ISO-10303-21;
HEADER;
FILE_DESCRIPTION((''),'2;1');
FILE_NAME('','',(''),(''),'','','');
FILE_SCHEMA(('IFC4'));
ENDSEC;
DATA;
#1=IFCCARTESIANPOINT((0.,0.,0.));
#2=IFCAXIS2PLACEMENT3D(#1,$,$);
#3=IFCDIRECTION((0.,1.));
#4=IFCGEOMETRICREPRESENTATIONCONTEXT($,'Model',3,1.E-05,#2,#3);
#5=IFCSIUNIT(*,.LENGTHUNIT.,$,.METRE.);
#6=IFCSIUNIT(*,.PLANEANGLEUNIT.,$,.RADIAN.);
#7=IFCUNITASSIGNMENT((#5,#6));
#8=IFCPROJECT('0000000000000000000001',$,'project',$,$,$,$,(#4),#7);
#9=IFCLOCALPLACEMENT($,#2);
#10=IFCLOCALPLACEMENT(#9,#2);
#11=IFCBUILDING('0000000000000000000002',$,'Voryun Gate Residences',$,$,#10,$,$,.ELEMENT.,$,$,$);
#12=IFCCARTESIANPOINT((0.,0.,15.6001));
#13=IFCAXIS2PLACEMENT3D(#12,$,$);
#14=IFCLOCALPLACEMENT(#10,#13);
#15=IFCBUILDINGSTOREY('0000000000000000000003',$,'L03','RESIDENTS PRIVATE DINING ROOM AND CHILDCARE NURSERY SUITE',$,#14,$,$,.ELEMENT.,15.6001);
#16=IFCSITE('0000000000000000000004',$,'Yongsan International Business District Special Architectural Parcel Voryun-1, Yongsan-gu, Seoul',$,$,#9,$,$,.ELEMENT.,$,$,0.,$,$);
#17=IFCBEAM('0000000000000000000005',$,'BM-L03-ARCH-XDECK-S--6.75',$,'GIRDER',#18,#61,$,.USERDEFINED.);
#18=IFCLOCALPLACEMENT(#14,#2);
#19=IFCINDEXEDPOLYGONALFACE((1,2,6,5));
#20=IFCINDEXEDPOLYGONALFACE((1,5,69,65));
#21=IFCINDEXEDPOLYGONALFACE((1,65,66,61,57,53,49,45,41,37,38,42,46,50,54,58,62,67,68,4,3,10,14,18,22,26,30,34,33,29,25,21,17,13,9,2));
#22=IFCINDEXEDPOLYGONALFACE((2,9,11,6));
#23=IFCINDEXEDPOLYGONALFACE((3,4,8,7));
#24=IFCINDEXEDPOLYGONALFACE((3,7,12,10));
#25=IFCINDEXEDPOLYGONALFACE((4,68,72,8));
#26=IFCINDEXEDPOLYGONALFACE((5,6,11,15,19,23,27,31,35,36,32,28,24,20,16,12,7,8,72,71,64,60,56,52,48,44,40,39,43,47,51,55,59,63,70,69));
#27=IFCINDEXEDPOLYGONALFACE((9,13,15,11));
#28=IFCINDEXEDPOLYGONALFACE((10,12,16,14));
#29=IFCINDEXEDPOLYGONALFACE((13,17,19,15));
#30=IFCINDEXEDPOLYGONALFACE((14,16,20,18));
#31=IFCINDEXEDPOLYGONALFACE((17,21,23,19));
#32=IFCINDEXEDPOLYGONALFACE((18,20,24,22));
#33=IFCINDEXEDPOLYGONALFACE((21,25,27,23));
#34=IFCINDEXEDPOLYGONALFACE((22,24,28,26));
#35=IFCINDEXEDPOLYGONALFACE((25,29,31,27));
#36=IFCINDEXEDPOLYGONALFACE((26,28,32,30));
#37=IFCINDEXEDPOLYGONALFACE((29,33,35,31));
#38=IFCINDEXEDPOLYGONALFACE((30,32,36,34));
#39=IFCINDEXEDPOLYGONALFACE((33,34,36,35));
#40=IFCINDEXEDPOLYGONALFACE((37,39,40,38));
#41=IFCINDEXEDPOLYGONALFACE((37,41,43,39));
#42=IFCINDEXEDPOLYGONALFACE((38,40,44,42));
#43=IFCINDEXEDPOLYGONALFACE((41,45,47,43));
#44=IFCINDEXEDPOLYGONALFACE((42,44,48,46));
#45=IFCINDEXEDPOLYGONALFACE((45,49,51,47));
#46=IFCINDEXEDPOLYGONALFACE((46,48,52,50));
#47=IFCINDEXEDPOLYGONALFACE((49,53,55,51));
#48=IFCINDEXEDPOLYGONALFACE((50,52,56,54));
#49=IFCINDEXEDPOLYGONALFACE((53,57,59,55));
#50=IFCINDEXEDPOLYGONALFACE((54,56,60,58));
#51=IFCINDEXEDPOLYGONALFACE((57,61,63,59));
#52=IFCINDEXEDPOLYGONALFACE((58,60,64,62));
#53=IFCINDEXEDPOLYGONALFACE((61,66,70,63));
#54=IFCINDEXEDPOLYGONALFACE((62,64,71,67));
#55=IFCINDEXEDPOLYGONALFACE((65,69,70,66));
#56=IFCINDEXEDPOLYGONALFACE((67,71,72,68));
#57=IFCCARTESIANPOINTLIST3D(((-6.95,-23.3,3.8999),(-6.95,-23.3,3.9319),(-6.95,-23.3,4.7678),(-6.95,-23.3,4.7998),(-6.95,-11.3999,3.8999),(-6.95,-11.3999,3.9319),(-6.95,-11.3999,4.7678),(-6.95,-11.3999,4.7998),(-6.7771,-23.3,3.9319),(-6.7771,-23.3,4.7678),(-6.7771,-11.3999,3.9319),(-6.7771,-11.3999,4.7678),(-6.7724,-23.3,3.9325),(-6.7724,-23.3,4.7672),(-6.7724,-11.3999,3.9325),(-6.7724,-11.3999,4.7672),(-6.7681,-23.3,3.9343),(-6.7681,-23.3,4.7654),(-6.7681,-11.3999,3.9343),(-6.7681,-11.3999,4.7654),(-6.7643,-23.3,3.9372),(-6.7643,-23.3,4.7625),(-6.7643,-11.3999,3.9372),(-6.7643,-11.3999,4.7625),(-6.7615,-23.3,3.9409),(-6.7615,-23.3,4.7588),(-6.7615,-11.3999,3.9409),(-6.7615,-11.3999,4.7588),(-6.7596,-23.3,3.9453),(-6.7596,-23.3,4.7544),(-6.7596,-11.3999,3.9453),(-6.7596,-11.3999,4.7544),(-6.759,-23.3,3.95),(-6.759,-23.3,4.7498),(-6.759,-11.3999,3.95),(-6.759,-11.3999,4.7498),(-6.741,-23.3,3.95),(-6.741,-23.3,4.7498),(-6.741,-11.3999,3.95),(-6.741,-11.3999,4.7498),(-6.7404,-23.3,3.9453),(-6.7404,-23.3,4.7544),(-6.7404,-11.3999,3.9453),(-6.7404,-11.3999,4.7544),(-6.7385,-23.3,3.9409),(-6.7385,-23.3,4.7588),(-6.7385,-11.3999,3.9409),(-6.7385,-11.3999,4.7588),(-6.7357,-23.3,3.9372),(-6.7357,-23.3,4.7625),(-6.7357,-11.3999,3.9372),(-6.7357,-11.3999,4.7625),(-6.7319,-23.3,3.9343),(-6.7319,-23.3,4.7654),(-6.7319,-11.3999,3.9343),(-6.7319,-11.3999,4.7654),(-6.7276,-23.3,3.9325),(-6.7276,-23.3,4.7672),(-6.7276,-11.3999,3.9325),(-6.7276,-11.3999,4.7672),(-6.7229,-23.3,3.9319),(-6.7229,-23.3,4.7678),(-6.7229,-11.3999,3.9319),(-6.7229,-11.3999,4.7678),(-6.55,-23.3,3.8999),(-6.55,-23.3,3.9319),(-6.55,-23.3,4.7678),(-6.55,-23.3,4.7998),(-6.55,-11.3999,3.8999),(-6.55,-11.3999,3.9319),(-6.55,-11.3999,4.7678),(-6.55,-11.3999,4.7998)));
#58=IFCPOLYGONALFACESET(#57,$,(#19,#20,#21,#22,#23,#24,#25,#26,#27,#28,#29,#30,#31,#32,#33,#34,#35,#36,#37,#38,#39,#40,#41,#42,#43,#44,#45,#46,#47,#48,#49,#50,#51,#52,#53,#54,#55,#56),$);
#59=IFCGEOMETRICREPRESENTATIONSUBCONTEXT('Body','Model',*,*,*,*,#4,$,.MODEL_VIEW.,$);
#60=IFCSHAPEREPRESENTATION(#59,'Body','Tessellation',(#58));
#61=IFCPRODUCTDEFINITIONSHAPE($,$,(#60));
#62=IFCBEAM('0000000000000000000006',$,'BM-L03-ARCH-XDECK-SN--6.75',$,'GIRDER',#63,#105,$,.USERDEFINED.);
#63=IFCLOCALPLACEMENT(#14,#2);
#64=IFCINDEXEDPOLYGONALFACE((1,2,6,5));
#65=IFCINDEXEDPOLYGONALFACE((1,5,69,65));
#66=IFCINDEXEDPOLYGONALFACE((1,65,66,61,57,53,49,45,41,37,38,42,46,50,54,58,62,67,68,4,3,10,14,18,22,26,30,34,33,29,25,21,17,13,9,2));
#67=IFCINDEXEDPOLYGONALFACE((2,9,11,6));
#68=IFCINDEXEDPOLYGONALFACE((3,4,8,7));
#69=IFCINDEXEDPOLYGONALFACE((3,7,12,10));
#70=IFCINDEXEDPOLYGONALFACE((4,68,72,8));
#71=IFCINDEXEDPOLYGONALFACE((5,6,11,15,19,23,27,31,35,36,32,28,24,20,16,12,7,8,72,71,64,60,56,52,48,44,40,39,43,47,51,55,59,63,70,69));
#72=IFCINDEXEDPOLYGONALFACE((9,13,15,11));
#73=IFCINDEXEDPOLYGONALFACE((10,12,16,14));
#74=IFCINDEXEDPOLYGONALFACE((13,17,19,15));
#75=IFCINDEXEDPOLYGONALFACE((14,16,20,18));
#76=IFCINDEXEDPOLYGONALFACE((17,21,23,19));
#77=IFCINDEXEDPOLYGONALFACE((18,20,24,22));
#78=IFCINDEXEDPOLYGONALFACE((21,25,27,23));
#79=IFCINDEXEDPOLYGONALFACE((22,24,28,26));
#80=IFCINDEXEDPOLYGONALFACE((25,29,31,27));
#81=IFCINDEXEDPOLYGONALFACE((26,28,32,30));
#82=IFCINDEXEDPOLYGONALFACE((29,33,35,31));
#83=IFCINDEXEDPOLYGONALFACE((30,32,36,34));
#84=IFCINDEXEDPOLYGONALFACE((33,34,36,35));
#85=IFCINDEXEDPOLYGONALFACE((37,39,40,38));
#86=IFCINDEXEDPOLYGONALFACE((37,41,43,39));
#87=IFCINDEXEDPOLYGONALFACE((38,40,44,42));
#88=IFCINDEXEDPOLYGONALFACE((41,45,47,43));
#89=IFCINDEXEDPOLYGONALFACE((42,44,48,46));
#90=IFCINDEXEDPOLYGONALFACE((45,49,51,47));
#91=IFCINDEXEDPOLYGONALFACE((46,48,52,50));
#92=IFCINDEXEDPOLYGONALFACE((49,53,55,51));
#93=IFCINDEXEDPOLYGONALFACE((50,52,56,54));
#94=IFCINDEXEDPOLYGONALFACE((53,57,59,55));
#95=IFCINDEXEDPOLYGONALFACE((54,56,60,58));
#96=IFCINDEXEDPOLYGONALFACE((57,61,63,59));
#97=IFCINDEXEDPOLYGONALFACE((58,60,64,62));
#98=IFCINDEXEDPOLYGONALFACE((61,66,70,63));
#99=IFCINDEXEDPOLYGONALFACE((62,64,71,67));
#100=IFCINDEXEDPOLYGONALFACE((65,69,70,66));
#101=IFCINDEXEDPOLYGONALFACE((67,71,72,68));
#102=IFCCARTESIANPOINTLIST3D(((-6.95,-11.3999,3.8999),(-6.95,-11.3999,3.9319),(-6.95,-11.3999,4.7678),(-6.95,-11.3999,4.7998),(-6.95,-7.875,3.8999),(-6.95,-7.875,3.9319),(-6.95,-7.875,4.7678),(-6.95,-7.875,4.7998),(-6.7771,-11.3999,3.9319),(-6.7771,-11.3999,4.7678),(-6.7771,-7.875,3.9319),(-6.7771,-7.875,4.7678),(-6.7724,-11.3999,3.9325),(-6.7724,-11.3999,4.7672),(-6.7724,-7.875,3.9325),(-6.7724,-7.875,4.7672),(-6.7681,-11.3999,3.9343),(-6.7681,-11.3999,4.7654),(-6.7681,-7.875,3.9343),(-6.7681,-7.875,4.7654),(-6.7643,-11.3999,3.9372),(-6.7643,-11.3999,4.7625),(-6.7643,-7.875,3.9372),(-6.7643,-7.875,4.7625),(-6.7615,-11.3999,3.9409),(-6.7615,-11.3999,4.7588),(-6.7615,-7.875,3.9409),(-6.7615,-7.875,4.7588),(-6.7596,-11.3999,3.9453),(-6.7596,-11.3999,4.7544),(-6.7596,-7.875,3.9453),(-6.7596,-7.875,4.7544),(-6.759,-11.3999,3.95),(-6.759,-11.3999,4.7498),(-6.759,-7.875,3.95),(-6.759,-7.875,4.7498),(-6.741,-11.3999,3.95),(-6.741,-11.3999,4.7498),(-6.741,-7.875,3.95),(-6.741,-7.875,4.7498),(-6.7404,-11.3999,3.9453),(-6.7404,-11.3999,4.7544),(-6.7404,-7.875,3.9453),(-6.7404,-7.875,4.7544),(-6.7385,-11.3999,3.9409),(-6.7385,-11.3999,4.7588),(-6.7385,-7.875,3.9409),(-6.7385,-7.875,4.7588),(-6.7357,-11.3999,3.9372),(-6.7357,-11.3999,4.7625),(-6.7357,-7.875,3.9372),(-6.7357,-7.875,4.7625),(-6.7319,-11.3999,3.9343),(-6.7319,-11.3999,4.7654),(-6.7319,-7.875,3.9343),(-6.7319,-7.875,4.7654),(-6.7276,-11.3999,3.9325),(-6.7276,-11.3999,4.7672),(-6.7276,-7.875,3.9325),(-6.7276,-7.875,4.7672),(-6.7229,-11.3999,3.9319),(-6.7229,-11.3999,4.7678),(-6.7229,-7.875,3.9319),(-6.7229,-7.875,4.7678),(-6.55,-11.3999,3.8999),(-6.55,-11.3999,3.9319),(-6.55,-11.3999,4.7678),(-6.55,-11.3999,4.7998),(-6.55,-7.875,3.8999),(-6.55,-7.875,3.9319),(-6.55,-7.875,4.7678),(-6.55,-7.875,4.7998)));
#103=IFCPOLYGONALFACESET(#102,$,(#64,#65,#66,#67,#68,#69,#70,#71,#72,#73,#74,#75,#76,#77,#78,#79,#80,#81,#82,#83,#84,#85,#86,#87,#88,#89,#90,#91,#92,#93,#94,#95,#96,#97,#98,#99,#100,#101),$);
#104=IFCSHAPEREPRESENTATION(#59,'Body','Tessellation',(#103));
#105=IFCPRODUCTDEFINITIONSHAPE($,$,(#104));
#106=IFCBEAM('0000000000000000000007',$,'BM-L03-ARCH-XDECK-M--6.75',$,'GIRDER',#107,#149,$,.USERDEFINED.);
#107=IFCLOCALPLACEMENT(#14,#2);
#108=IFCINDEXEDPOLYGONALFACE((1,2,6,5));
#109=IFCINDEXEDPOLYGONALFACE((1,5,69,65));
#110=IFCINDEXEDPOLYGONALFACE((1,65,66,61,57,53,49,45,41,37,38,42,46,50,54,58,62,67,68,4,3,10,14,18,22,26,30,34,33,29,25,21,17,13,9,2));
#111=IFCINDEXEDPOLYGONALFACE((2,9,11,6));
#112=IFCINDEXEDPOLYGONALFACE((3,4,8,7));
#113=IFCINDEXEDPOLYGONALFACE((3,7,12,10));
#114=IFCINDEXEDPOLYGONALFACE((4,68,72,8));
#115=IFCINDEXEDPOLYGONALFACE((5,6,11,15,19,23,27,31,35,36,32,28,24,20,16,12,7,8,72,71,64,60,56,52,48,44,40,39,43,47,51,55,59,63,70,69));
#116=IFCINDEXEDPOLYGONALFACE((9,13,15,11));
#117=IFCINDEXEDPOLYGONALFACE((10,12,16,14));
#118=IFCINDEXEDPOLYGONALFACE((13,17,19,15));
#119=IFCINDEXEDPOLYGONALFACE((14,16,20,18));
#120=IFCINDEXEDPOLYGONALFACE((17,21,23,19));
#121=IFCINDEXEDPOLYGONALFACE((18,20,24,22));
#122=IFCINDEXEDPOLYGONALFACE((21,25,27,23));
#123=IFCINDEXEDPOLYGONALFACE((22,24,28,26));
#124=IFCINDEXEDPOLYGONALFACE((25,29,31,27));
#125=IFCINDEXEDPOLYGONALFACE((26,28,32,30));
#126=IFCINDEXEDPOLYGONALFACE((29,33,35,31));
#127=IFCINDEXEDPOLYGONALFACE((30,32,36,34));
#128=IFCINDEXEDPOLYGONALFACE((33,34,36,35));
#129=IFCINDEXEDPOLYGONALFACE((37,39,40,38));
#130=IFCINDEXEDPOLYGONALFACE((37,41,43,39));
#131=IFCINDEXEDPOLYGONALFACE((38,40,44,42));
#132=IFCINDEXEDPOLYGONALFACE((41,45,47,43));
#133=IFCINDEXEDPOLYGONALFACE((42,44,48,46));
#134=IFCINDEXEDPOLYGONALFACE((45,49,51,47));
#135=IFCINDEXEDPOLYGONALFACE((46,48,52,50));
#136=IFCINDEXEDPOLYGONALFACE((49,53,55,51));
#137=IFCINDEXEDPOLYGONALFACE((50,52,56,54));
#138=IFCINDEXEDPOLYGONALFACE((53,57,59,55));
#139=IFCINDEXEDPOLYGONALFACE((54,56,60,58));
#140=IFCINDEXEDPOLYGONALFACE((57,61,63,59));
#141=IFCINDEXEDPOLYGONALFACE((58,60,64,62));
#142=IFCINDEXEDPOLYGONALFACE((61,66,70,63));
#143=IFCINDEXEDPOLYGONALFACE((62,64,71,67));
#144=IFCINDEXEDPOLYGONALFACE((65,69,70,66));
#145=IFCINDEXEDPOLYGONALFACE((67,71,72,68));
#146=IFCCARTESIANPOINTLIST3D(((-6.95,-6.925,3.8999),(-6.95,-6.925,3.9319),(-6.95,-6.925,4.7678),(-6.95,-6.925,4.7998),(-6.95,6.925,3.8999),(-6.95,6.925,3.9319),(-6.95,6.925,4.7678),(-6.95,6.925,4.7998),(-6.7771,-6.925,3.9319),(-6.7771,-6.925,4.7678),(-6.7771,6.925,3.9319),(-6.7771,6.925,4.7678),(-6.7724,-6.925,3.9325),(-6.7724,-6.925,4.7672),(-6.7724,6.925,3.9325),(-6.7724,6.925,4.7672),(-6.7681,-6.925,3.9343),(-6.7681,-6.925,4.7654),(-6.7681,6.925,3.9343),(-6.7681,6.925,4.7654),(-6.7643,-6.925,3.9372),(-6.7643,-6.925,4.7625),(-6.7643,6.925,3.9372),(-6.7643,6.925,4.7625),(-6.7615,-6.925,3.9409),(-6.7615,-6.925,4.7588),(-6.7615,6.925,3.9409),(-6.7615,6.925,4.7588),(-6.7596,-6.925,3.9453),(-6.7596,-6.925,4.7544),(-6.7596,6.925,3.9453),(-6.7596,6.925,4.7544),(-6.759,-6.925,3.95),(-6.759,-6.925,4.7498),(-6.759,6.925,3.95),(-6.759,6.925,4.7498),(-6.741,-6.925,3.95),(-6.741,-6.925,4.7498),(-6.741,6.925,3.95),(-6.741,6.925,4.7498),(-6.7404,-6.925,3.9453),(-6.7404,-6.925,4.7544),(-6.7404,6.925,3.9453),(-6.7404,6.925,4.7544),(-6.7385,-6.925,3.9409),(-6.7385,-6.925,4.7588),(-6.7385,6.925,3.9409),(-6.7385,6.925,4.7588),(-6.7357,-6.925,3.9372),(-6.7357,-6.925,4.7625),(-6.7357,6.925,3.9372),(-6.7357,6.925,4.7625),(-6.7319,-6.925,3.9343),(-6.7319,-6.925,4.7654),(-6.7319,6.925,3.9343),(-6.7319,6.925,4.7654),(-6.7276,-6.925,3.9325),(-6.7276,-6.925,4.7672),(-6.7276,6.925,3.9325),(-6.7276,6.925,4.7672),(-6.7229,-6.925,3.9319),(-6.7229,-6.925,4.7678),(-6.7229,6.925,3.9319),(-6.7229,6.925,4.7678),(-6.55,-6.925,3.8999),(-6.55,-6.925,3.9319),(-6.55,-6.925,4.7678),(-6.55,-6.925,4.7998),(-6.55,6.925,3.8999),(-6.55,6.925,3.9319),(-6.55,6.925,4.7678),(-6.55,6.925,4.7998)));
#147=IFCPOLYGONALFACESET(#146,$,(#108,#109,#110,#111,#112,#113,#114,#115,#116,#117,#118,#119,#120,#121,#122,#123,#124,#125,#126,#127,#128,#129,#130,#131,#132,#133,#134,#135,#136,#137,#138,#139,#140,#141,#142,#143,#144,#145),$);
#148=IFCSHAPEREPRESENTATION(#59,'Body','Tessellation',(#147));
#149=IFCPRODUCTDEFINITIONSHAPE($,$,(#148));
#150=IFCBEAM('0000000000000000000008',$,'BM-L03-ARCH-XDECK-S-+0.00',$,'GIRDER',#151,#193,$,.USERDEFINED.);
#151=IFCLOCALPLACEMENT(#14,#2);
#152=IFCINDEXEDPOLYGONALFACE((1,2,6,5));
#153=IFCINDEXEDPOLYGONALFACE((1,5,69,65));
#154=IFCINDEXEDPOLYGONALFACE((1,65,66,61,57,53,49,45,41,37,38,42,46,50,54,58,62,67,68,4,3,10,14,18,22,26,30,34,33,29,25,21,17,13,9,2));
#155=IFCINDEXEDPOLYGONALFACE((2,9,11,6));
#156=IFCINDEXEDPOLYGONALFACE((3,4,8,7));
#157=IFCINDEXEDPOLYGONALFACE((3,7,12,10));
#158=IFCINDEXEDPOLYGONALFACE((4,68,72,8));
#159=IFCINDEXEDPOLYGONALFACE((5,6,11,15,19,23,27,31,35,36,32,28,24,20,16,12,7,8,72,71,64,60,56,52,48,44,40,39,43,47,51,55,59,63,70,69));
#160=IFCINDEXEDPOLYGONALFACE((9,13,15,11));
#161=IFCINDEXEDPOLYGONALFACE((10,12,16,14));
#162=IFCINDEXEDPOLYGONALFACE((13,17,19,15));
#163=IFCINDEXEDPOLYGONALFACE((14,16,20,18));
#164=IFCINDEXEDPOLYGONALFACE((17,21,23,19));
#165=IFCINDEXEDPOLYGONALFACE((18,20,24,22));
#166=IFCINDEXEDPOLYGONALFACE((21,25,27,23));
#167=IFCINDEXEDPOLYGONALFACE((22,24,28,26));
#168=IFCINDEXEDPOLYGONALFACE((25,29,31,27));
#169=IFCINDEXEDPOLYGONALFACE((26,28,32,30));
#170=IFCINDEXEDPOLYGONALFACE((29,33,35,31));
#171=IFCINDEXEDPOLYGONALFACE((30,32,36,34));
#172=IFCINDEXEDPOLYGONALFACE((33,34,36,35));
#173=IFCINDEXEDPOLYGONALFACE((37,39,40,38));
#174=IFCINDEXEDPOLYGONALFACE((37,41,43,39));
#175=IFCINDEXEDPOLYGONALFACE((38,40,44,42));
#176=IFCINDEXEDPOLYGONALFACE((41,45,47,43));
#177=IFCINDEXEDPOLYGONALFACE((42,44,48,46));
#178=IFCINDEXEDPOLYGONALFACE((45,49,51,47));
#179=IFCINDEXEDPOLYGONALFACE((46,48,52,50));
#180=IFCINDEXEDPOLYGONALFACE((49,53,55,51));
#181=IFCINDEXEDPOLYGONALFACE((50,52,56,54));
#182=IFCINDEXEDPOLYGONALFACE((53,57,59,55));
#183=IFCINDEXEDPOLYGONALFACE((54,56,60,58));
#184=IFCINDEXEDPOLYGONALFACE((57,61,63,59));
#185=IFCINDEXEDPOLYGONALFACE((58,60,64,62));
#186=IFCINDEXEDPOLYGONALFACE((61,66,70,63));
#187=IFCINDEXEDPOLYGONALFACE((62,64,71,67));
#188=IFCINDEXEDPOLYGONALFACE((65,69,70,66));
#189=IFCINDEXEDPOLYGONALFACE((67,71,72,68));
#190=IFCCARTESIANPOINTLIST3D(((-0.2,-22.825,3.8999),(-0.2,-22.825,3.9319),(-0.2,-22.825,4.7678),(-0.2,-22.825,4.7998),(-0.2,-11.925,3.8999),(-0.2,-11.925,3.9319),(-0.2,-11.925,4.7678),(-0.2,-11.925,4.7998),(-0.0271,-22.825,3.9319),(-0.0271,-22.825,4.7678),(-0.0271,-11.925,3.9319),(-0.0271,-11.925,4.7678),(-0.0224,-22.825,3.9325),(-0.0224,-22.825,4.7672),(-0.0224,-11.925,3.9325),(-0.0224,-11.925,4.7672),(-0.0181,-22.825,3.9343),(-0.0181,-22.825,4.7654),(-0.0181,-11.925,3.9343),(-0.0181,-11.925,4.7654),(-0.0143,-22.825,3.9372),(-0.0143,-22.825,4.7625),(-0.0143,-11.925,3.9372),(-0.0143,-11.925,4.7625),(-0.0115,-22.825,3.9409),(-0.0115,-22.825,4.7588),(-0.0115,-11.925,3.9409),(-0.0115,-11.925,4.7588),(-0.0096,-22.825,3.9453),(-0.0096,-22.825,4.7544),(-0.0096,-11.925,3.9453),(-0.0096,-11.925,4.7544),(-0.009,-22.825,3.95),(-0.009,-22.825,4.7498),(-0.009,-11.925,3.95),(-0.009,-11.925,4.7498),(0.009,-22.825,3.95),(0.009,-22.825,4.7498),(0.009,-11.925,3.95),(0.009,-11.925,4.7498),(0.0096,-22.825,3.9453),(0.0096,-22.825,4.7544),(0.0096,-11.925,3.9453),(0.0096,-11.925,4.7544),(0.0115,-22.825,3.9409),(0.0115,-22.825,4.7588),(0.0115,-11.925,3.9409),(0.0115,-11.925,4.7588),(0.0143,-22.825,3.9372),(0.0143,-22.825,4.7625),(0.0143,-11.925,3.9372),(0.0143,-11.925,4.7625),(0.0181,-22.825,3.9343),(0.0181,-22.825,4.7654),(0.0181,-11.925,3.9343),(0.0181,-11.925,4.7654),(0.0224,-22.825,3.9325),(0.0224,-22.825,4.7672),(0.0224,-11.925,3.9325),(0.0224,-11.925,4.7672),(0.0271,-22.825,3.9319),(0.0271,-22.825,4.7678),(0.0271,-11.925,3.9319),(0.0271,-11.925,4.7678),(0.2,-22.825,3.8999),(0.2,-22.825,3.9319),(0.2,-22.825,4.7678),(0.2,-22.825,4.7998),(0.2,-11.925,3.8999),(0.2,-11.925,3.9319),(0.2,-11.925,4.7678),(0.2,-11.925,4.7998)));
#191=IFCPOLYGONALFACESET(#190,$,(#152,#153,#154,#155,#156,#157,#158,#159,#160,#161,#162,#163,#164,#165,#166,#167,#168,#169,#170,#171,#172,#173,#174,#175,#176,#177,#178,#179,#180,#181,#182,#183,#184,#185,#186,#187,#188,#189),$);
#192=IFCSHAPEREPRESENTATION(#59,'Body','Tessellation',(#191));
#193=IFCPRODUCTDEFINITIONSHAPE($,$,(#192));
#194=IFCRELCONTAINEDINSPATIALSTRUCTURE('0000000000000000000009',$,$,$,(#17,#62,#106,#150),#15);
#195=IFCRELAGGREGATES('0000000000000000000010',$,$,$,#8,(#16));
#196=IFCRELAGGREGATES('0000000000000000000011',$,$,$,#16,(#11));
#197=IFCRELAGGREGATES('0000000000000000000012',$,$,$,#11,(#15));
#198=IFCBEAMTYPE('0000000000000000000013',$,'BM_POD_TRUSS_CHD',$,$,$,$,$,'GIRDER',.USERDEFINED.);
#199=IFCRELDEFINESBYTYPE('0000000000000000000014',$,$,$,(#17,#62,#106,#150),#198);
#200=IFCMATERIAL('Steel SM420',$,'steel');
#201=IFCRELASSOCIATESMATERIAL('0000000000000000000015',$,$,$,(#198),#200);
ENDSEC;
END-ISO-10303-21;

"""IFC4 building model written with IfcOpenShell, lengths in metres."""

from ifc_helpers import new_model, si_unit, direction, frame, origin, origin_2d, place, context, subcontext, project, spatial, i_section, extrude, material, material_profile, profile_set, type_object, element, save


model = new_model("IFC4")

# Units and contexts
model_context = context("Model", 3, precision=1e-05, world=origin(), true_north=direction((0.0, 1.0)))
body_context = subcontext(model_context, "Body", "Model", "MODEL_VIEW")
ifc_project = project(units=[si_unit("LENGTHUNIT", "METRE"), si_unit("PLANEANGLEUNIT", "RADIAN")], contexts=[model_context])

# Site, building, storey
site_placement = place(None, origin())
site = spatial("IfcSite", under=ifc_project, at=site_placement, Name="Yongsan International Business District Special Architectural Parcel Voryun-1, Yongsan-gu, Seoul", CompositionType="ELEMENT", RefElevation=0.0)
building_placement = place(site_placement, origin())
building = spatial("IfcBuilding", under=site, at=building_placement, Name="Voryun Gate Residences", CompositionType="ELEMENT")
storey_placement = place(building_placement, frame((0.0, 0.0, 15.6001)))
storey = spatial("IfcBuildingStorey", under=building, at=storey_placement, Name="L03", Description="RESIDENTS PRIVATE DINING ROOM AND CHILDCARE NURSERY SUITE", CompositionType="ELEMENT", Elevation=15.6001)

# Beams
ifc_material_1 = material(Name="Steel SM420", Category="steel")
ifc_material_profile_1 = material_profile(ifc_material_1, i_section(OverallWidth=0.3999, OverallDepth=0.8999, WebThickness=0.0181, FlangeThickness=0.032, FilletRadius=0.0181, at=origin_2d()), Name="H-900x400x18x32")
ifc_profile_set_1 = profile_set([ifc_material_profile_1], Name="Steel SM420")
beam_type_1 = type_object("IfcBeamType", Name="BM_POD_TRUSS_CHD", ElementType="GIRDER", PredefinedType="USERDEFINED", material=ifc_profile_set_1)
beam_1_placement = place(storey_placement, frame((-6.75, -23.3, 4.3499), z_axis=(0.0, 1.0, 0.0), x_axis=(-1.0, 0.0, 0.0)))
element("IfcBeam", 1, at=beam_1_placement, inside=storey, type_object=beam_type_1, Name="BM-L03-ARCH-XDECK-S--6.75", ObjectType="GIRDER", PredefinedType="USERDEFINED", context=body_context, shape_type="SweptSolid", body=[
    extrude(i_section(OverallWidth=0.3999, OverallDepth=0.8999, WebThickness=0.0181, FlangeThickness=0.032, FilletRadius=0.0181, at=origin_2d()), origin(), (0.0, 0.0, 1.0), 11.9001),
])
beam_2_placement = place(storey_placement, frame((-6.75, -11.3999, 4.3499), z_axis=(0.0, 1.0, 0.0), x_axis=(-1.0, 0.0, 0.0)))
element("IfcBeam", 2, at=beam_2_placement, inside=storey, type_object=beam_type_1, Name="BM-L03-ARCH-XDECK-SN--6.75", ObjectType="GIRDER", PredefinedType="USERDEFINED", context=body_context, shape_type="SweptSolid", body=[
    extrude(i_section(OverallWidth=0.3999, OverallDepth=0.8999, WebThickness=0.0181, FlangeThickness=0.032, FilletRadius=0.0181, at=origin_2d()), origin(), (0.0, 0.0, 1.0), 3.5249),
])
beam_3_placement = place(storey_placement, frame((-6.75, -6.925, 4.3499), z_axis=(0.0, 1.0, 0.0), x_axis=(-1.0, 0.0, 0.0)))
element("IfcBeam", 3, at=beam_3_placement, inside=storey, type_object=beam_type_1, Name="BM-L03-ARCH-XDECK-M--6.75", ObjectType="GIRDER", PredefinedType="USERDEFINED", context=body_context, shape_type="SweptSolid", body=[
    extrude(i_section(OverallWidth=0.3999, OverallDepth=0.8999, WebThickness=0.0181, FlangeThickness=0.032, FilletRadius=0.0181, at=origin_2d()), origin(), (0.0, 0.0, 1.0), 13.8501),
])
beam_4_placement = place(storey_placement, frame((0.0, -22.825, 4.3499), z_axis=(0.0, 1.0, 0.0), x_axis=(-1.0, 0.0, 0.0)))
element("IfcBeam", 4, at=beam_4_placement, inside=storey, type_object=beam_type_1, Name="BM-L03-ARCH-XDECK-S-+0.00", ObjectType="GIRDER", PredefinedType="USERDEFINED", context=body_context, shape_type="SweptSolid", body=[
    extrude(i_section(OverallWidth=0.3999, OverallDepth=0.8999, WebThickness=0.0181, FlangeThickness=0.032, FilletRadius=0.0181, at=origin_2d()), origin(), (0.0, 0.0, 1.0), 10.8999),
])

save(model, "model.ifc")
